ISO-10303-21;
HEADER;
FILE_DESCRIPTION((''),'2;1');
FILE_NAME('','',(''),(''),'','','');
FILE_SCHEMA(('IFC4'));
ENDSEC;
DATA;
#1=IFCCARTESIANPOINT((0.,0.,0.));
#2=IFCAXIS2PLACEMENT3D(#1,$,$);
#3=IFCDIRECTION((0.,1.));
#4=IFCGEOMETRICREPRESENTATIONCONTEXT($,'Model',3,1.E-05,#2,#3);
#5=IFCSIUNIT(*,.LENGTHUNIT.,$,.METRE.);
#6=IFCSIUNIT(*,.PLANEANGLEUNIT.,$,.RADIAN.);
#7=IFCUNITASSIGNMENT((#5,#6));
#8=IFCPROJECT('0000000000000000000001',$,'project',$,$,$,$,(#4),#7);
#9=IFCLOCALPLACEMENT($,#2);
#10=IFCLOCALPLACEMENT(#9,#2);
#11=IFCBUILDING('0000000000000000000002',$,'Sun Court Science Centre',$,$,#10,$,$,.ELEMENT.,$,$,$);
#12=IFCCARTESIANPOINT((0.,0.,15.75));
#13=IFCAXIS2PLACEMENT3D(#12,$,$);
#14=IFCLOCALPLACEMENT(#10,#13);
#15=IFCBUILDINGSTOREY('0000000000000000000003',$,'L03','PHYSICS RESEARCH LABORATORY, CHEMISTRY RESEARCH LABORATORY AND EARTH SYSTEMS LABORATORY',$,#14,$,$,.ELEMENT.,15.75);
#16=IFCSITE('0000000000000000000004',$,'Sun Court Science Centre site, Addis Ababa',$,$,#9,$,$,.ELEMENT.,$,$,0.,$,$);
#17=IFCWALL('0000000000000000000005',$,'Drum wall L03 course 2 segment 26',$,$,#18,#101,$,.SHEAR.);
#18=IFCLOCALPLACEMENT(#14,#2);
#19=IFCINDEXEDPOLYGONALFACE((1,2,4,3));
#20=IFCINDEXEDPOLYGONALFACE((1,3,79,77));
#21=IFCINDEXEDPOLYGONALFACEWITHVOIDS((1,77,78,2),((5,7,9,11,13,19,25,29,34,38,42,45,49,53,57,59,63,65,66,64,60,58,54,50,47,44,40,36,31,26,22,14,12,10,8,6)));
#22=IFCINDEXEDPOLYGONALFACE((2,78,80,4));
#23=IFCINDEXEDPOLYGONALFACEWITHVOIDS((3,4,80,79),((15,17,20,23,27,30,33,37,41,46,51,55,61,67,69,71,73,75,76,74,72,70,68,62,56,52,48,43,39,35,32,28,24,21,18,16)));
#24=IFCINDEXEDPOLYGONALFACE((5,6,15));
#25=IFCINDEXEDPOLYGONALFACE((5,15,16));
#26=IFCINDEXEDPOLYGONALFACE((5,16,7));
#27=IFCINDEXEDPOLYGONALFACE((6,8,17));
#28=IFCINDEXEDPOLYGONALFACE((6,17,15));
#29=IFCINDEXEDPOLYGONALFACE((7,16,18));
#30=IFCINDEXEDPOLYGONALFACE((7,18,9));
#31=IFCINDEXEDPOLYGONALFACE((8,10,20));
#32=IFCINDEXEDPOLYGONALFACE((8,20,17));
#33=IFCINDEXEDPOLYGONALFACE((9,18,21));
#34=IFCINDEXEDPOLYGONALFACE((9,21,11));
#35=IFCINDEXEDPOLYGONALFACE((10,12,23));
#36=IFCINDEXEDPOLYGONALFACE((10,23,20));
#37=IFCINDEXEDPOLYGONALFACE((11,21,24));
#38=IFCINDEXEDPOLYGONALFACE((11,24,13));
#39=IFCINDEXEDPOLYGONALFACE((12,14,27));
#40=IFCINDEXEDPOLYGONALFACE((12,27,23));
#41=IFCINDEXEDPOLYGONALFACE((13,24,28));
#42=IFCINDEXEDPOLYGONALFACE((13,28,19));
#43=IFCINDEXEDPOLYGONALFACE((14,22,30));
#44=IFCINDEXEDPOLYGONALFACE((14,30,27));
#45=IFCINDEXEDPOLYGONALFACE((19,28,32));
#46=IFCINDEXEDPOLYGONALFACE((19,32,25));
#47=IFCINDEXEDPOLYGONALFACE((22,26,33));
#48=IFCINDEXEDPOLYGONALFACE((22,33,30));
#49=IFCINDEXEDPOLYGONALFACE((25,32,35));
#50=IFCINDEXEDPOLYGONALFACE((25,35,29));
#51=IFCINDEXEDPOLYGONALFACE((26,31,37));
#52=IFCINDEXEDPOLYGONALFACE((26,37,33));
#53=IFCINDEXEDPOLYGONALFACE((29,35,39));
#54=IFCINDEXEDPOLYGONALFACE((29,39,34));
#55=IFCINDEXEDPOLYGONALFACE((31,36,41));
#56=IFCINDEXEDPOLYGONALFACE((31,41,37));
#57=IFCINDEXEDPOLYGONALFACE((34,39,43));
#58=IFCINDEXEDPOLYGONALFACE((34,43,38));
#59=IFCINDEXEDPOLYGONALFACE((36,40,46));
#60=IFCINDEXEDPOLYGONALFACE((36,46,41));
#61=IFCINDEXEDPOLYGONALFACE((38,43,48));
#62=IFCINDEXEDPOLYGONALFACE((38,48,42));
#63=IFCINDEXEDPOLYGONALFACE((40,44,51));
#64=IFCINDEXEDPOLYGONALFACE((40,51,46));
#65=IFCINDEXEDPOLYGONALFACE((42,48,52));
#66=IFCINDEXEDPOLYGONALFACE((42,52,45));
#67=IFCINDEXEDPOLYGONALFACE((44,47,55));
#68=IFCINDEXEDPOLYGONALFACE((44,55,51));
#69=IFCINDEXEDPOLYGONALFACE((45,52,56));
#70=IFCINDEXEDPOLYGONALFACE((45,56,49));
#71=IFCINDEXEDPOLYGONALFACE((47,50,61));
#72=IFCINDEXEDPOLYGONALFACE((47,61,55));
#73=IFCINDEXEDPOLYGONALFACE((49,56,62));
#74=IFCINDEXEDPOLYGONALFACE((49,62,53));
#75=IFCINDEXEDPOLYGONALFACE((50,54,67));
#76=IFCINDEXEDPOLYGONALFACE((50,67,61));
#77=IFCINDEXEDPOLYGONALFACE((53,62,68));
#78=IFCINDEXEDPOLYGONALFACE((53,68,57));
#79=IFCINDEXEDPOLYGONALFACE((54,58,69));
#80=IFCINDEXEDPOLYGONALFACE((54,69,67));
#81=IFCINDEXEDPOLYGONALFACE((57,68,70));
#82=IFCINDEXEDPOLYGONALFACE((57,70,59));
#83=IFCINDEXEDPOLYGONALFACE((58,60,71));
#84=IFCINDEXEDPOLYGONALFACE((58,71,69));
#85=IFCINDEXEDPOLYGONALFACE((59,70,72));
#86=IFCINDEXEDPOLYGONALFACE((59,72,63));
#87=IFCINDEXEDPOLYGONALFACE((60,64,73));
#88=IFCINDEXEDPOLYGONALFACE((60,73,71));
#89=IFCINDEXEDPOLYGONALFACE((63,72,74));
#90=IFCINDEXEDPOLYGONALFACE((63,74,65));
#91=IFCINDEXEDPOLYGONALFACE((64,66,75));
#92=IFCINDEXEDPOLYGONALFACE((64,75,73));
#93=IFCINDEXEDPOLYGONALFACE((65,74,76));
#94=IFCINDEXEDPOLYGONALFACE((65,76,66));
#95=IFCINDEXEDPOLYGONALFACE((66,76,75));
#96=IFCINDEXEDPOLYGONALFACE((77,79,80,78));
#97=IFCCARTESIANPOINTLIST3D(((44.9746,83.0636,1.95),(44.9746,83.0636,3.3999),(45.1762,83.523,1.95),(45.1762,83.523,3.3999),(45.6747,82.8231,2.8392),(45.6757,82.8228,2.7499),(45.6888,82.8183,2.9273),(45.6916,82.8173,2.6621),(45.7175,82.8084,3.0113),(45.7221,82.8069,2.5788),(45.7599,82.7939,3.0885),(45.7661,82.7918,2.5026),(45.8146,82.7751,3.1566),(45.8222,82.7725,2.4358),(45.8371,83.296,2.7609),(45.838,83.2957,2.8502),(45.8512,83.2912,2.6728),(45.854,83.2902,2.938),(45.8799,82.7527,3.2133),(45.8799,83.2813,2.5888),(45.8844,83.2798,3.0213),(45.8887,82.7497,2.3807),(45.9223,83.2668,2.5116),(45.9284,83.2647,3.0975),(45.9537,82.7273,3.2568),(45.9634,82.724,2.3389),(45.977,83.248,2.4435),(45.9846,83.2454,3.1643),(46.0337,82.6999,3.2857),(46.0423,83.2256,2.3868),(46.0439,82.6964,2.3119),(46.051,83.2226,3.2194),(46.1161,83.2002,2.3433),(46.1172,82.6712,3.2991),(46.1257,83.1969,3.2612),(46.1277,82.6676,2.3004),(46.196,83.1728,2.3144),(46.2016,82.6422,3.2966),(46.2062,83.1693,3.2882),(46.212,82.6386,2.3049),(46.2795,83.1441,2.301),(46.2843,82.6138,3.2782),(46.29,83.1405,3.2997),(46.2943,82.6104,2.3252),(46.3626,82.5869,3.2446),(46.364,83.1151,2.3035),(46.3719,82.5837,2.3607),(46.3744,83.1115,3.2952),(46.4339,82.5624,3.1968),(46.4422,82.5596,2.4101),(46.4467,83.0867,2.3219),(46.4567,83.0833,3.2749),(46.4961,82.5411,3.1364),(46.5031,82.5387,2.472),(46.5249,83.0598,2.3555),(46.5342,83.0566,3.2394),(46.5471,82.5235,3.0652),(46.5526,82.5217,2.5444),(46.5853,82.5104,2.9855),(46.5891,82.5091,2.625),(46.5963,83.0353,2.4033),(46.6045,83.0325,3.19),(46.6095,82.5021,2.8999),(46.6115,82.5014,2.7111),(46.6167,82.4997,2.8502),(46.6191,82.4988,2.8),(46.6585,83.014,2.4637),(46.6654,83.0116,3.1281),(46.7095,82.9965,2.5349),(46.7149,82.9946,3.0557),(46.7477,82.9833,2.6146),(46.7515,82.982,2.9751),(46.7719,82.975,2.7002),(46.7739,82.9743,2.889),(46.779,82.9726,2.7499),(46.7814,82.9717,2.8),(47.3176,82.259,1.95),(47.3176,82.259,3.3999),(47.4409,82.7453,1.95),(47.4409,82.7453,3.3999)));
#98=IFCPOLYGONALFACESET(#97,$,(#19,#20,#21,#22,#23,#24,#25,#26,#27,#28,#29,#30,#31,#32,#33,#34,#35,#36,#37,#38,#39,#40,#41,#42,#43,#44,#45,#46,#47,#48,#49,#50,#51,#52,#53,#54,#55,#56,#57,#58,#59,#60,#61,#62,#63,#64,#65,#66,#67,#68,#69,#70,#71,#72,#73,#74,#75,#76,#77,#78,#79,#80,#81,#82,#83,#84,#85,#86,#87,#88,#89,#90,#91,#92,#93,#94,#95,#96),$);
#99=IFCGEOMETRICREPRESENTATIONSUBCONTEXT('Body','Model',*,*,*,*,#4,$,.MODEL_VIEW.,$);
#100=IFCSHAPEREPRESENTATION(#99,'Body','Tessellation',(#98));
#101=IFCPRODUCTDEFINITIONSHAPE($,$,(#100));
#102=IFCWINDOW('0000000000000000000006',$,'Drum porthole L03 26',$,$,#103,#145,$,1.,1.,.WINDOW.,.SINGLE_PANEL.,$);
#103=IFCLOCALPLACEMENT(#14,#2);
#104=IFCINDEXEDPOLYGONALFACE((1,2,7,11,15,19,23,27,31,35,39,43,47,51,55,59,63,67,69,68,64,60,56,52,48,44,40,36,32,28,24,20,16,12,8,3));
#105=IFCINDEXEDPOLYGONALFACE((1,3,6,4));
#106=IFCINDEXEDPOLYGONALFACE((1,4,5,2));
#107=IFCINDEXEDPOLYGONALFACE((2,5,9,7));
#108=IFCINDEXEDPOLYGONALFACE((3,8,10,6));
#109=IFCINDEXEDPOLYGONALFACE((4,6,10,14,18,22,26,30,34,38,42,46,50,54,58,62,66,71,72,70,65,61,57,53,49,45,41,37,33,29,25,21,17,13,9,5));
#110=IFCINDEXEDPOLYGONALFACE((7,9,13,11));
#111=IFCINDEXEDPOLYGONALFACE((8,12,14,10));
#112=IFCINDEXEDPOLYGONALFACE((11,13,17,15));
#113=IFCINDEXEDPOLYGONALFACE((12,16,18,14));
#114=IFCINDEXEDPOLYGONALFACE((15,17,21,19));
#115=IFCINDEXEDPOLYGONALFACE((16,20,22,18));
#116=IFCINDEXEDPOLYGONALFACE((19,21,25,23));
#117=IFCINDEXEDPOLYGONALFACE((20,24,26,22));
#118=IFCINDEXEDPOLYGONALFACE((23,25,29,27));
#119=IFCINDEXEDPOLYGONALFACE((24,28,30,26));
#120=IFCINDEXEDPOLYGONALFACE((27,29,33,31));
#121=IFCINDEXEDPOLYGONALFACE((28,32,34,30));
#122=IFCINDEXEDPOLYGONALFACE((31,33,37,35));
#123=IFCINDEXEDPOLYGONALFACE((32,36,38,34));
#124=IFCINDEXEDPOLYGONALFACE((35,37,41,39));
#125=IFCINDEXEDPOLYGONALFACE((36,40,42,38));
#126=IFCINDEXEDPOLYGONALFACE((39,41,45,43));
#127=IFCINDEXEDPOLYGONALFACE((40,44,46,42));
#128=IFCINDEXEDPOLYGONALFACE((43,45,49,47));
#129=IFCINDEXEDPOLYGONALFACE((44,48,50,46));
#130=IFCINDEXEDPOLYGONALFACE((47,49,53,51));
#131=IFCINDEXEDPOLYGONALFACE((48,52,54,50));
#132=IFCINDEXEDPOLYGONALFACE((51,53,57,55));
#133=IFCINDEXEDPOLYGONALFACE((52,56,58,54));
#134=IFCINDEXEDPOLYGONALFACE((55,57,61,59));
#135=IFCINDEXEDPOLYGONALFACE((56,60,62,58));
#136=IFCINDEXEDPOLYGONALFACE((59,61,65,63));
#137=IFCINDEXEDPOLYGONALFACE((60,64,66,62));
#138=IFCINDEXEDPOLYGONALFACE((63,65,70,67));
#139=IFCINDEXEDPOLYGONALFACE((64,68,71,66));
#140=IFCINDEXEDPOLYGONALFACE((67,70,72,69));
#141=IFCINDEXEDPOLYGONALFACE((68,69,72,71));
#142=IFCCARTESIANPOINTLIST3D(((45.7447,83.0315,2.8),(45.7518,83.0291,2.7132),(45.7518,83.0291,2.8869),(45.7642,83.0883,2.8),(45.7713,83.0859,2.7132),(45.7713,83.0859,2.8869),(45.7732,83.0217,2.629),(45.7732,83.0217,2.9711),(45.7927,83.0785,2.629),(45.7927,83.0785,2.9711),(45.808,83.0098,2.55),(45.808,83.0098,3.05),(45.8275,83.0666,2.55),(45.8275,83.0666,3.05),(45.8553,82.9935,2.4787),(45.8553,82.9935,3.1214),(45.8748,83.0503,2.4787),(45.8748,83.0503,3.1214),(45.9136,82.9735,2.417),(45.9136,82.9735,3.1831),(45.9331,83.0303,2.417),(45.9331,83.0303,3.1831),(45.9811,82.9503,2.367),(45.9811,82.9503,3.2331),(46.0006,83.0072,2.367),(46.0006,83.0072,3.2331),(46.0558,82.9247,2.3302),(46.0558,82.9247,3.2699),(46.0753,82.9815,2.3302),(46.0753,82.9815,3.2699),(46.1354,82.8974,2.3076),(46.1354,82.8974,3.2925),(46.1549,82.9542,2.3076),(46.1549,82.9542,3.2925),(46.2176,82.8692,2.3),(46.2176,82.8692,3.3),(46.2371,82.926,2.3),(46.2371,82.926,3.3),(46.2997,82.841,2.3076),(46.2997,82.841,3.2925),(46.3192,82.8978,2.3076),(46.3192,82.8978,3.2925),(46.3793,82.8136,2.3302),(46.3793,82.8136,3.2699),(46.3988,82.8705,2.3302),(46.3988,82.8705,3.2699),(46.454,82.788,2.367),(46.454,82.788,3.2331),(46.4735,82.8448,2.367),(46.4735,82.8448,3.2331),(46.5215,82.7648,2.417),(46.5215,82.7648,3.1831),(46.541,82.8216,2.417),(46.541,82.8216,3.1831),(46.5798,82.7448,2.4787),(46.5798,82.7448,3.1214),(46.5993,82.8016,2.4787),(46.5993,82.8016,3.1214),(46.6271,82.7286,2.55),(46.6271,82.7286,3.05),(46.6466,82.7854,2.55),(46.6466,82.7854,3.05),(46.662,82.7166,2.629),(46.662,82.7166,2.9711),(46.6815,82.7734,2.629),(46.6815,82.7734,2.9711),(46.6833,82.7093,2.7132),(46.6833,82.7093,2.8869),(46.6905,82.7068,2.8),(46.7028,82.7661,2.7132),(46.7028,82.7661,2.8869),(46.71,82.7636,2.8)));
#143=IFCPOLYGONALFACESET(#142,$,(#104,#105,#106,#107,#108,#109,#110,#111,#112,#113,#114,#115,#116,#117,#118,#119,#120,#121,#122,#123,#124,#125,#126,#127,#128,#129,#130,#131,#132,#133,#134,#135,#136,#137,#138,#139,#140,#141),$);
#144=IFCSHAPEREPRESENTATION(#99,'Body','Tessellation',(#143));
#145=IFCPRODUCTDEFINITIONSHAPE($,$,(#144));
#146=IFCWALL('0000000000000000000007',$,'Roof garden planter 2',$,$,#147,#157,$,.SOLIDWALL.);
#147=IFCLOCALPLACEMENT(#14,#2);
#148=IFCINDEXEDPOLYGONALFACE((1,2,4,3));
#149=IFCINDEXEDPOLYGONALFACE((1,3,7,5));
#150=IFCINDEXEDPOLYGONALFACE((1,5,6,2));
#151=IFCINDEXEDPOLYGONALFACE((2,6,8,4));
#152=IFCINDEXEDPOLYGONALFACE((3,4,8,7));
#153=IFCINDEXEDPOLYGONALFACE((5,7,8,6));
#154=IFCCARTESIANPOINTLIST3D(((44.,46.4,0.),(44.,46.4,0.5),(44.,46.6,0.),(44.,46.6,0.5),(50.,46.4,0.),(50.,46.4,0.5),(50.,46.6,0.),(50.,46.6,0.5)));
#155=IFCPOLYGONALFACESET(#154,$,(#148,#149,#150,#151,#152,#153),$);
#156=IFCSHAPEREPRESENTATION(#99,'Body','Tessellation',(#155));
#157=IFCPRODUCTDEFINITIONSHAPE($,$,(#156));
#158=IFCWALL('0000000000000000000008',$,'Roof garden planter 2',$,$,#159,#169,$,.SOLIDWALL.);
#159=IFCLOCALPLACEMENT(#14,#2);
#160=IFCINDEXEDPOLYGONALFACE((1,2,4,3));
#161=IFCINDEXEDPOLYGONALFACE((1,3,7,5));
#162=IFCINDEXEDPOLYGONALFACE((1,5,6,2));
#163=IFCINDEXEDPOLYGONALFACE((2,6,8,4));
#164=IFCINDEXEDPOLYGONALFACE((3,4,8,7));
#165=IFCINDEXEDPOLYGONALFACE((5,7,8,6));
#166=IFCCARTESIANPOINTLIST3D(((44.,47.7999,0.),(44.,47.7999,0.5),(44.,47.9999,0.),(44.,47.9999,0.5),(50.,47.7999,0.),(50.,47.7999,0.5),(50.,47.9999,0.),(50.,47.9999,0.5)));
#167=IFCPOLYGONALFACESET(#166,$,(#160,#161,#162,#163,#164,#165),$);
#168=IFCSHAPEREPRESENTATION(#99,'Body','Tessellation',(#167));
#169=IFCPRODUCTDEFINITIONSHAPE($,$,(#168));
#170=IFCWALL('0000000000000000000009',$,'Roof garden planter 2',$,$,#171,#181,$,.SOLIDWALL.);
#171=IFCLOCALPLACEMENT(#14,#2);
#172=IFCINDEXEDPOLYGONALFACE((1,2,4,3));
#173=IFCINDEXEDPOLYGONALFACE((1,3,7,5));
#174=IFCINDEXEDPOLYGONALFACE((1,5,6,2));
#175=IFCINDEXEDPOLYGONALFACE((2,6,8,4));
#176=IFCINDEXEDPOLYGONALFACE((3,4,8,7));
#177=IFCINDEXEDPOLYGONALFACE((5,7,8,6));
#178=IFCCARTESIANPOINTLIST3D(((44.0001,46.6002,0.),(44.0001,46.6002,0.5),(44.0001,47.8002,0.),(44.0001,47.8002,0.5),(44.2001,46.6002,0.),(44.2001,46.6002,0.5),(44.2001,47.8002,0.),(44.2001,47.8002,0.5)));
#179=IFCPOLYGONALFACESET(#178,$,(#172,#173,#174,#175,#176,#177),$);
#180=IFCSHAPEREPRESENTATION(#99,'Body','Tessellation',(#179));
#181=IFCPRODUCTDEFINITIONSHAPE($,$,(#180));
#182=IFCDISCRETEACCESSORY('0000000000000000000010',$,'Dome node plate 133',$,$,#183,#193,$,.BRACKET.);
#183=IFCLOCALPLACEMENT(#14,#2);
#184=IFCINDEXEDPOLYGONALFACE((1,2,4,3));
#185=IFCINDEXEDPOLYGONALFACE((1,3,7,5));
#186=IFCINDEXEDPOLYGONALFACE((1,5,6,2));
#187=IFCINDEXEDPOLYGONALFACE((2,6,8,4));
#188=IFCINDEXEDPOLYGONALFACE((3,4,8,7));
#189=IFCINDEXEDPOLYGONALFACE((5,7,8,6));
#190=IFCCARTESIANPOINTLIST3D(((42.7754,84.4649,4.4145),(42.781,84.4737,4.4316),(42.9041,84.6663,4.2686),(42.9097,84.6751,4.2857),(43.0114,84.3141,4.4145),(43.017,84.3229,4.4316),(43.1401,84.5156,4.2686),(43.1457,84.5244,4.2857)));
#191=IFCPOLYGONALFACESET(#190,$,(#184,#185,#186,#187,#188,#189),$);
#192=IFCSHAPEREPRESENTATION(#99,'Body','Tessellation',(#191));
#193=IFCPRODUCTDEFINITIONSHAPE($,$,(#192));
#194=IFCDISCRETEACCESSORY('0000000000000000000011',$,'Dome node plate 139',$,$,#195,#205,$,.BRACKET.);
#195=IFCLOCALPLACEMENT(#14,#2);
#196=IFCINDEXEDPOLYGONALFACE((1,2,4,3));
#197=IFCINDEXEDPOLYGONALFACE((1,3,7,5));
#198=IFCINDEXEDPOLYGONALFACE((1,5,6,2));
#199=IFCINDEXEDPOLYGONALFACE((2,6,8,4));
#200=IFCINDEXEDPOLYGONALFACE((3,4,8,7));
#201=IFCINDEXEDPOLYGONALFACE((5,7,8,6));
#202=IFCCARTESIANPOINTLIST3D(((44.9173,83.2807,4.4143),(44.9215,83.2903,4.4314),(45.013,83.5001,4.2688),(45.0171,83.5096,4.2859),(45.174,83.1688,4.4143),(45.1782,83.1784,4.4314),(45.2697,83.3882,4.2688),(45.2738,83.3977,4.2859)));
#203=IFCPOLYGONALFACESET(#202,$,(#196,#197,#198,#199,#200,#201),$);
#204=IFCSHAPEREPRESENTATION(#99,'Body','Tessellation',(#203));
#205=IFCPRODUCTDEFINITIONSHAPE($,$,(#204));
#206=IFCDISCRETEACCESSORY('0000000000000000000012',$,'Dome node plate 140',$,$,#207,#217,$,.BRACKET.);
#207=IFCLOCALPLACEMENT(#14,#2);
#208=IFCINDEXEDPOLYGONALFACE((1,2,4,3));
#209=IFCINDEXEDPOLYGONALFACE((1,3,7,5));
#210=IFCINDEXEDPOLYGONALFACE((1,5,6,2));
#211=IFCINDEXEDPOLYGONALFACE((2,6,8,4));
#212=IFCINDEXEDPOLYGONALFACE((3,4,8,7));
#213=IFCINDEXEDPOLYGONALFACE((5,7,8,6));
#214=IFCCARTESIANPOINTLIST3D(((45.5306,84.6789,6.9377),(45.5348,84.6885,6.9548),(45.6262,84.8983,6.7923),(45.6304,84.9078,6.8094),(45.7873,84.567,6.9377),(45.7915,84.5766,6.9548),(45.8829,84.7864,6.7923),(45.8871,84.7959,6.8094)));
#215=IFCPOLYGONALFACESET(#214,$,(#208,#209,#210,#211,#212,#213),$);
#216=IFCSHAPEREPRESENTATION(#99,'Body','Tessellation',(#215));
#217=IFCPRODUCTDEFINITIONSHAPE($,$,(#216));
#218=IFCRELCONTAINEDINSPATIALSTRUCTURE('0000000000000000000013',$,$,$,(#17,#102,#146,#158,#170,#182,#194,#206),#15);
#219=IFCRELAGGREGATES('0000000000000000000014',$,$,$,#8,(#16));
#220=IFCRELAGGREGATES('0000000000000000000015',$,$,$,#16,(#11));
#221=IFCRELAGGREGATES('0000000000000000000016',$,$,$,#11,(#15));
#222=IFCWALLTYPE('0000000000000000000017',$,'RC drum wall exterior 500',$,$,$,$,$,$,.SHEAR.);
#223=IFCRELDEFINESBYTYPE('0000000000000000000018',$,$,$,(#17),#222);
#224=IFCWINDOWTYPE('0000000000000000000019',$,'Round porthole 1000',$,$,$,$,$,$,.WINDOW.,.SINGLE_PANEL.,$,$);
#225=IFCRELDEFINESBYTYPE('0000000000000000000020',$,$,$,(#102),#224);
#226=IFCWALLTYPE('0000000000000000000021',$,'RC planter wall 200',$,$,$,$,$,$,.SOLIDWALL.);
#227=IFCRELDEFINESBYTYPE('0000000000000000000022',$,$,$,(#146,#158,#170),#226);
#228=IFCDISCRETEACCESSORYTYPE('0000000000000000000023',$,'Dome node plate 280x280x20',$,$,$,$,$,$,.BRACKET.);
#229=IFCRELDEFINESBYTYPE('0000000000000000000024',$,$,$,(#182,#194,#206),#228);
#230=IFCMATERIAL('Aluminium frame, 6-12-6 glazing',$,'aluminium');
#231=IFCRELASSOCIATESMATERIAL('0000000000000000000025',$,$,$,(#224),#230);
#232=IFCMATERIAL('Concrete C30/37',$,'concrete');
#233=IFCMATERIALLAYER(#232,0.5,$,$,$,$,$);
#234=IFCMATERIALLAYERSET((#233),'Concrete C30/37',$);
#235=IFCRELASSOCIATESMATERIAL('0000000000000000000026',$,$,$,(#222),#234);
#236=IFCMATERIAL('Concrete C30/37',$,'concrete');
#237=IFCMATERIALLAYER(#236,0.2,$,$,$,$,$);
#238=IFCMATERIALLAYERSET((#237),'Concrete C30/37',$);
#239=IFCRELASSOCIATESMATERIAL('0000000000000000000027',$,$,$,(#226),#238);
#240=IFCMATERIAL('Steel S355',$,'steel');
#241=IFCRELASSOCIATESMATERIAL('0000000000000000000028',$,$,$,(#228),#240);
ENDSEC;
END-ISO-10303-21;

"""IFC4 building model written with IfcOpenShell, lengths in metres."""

from ifc_helpers import new_model, si_unit, direction, frame, frame_2d, origin, origin_2d, place, context, subcontext, project, spatial, polyline, rectangle, circle, outline, extrude, material, layer, layer_set, material_profile, profile_set, type_object, element, fill, save


model = new_model("IFC4")

# Units and contexts
model_context = context("Model", 3, precision=1e-05, world=origin(), true_north=direction((0.0, 1.0)))
body_context = subcontext(model_context, "Body", "Model", "MODEL_VIEW")
ifc_project = project(units=[si_unit("LENGTHUNIT", "METRE"), si_unit("PLANEANGLEUNIT", "RADIAN")], contexts=[model_context])

# Site, building, storey
site_placement = place(None, origin())
site = spatial("IfcSite", under=ifc_project, at=site_placement, Name="Sun Court Science Centre site, Addis Ababa", CompositionType="ELEMENT", RefElevation=0.0)
building_placement = place(site_placement, origin())
building = spatial("IfcBuilding", under=site, at=building_placement, Name="Sun Court Science Centre", CompositionType="ELEMENT")
storey_placement = place(building_placement, frame((0.0, 0.0, 15.75)))
storey = spatial("IfcBuildingStorey", under=building, at=storey_placement, Name="L03", Description="PHYSICS RESEARCH LABORATORY, CHEMISTRY RESEARCH LABORATORY AND EARTH SYSTEMS LABORATORY", CompositionType="ELEMENT", Elevation=15.75)

# Shared definitions
ifc_material_1 = material(Name="Aluminium frame, 6-12-6 glazing", Category="aluminium")
window_type = type_object("IfcWindowType", Name="Round porthole 1000", PartitioningType="SINGLE_PANEL", PredefinedType="WINDOW", material=ifc_material_1)

# Shared definitions
ifc_material_2 = material(Name="Concrete C30/37", Category="concrete")
ifc_layer_1 = layer(ifc_material_2, 0.5)
ifc_layer_set_1 = layer_set([ifc_layer_1], Name="Concrete C30/37")
wall_type_1 = type_object("IfcWallType", Name="RC drum wall exterior 500", PredefinedType="SHEAR", material=ifc_layer_set_1)

# Wall, opening, window
wall_1_placement = place(storey_placement, frame((45.0557, 83.2998, 1.95), z_axis=(0.0, 0.0, 1.0), x_axis=(0.945817, -0.3247, 0.0)))
wall_1 = element("IfcWall", 1, at=wall_1_placement, inside=storey, type_object=wall_type_1, Name="Drum wall L03 course 2 segment 26", PredefinedType="SHEAR", context=body_context, shape_type="SweptSolid", body=[
    extrude(outline(polyline([(0.0, -0.2498), (2.4773, -0.25), (2.436, 0.25), (0.0415, 0.2502), (0.0, -0.2498)])), origin(), (0.0, 0.0, 1.0), 1.45),
])
opening_1_placement = place(wall_1_placement, frame((0.7388, 0.0, 0.3501)))
opening_1 = element("IfcOpeningElement", 2, at=opening_1_placement, cuts=wall_1, PredefinedType="OPENING", context=body_context, shape_type="SweptSolid", body=[
    extrude(circle(Radius=0.5, at=frame_2d((0.5, 0.5))), frame((0.0, 0.26, 0.0), z_axis=(0.0, -1.0, 0.0), x_axis=(1.0, 0.0, 0.0)), (0.0, 0.0, 1.0), 0.52),
])
window_1_placement = place(opening_1_placement, origin())
window_1 = element("IfcWindow", 3, at=window_1_placement, inside=storey, type_object=window_type, Name="Drum porthole L03 26", OverallHeight=1.0, OverallWidth=1.0, PartitioningType="SINGLE_PANEL", PredefinedType="WINDOW", context=body_context, shape_type="SweptSolid", body=[
    extrude(circle(Radius=0.5, at=frame_2d((0.5, 0.5))), frame((0.0, 0.03, 0.0), z_axis=(0.0, -1.0, 0.0), x_axis=(1.0, 0.0, 0.0)), (0.0, 0.0, 1.0), 0.0601),
])
fill(opening_1, window_1)

# Walls
ifc_material_3 = material(Name="Concrete C30/37", Category="concrete")
ifc_layer_2 = layer(ifc_material_3, 0.2)
ifc_layer_set_2 = layer_set([ifc_layer_2], Name="Concrete C30/37")
wall_type_2 = type_object("IfcWallType", Name="RC planter wall 200", PredefinedType="SOLIDWALL", material=ifc_layer_set_2)
for number, where, z_axis, x_axis, name in (
    (4, (44.0, 46.5, 0.0), (0.0, 0.0, 1.0), (1.0, 0.0, 0.0), "Roof garden planter 2"),
    (5, (44.0, 47.8999, 0.0), (0.0, 0.0, 1.0), (1.0, 0.0, 0.0), "Roof garden planter 2"),
):
    element("IfcWall", number, at=place(storey_placement, frame(where, z_axis=z_axis, x_axis=x_axis)), inside=storey, type_object=wall_type_2, Name=name, PredefinedType="SOLIDWALL", context=body_context, shape_type="SweptSolid", body=[
        extrude(rectangle(XDim=6.0, YDim=0.2, at=frame_2d((3.0, 0.0))), origin(), (0.0, 0.0, 1.0), 0.5),
    ])
wall_2_placement = place(storey_placement, frame((44.1001, 46.6001, 0.0), z_axis=(0.0, 0.0, 1.0), x_axis=(0.0, 1.0, 0.0)))
element("IfcWall", 6, at=wall_2_placement, inside=storey, type_object=wall_type_2, Name="Roof garden planter 2", PredefinedType="SOLIDWALL", context=body_context, shape_type="SweptSolid", body=[
    extrude(rectangle(XDim=1.2, YDim=0.2, at=frame_2d((0.6001, 0.0))), origin(), (0.0, 0.0, 1.0), 0.5),
])

# Discrete accessories
ifc_material_4 = material(Name="Steel S355", Category="steel")
ifc_material_profile_1 = material_profile(ifc_material_4, rectangle(XDim=0.28, YDim=0.28, at=origin_2d()), Name="PL 280x280")
ifc_profile_set_1 = profile_set([ifc_material_profile_1], Name="Steel S355")
discrete_accessory_type = type_object("IfcDiscreteAccessoryType", Name="Dome node plate 280x280x20", PredefinedType="BRACKET", material=ifc_profile_set_1)
for number, where, z_axis, x_axis, name in (
    (7, (42.9578, 84.4902, 4.3416), (0.280467, 0.438992, 0.853595), (-0.842696, 0.538389, 0.0), "Dome node plate 133"),
    (8, (45.0935, 83.3345, 4.3416), (0.207533, 0.476106, 0.854549), (-0.916696, 0.399585, 0.0), "Dome node plate 139"),
    (9, (45.7068, 84.7327, 6.865), (0.207533, 0.476106, 0.854549), (-0.916696, 0.399585, 0.0), "Dome node plate 140"),
):
    element("IfcDiscreteAccessory", number, at=place(storey_placement, frame(where, z_axis=z_axis, x_axis=x_axis)), inside=storey, type_object=discrete_accessory_type, Name=name, PredefinedType="BRACKET", context=body_context, shape_type="SweptSolid", body=[
        extrude(rectangle(XDim=0.28, YDim=0.28, at=origin_2d()), origin(), (0.0, 0.0, 1.0), 0.02),
    ])

save(model, "model.ifc")
